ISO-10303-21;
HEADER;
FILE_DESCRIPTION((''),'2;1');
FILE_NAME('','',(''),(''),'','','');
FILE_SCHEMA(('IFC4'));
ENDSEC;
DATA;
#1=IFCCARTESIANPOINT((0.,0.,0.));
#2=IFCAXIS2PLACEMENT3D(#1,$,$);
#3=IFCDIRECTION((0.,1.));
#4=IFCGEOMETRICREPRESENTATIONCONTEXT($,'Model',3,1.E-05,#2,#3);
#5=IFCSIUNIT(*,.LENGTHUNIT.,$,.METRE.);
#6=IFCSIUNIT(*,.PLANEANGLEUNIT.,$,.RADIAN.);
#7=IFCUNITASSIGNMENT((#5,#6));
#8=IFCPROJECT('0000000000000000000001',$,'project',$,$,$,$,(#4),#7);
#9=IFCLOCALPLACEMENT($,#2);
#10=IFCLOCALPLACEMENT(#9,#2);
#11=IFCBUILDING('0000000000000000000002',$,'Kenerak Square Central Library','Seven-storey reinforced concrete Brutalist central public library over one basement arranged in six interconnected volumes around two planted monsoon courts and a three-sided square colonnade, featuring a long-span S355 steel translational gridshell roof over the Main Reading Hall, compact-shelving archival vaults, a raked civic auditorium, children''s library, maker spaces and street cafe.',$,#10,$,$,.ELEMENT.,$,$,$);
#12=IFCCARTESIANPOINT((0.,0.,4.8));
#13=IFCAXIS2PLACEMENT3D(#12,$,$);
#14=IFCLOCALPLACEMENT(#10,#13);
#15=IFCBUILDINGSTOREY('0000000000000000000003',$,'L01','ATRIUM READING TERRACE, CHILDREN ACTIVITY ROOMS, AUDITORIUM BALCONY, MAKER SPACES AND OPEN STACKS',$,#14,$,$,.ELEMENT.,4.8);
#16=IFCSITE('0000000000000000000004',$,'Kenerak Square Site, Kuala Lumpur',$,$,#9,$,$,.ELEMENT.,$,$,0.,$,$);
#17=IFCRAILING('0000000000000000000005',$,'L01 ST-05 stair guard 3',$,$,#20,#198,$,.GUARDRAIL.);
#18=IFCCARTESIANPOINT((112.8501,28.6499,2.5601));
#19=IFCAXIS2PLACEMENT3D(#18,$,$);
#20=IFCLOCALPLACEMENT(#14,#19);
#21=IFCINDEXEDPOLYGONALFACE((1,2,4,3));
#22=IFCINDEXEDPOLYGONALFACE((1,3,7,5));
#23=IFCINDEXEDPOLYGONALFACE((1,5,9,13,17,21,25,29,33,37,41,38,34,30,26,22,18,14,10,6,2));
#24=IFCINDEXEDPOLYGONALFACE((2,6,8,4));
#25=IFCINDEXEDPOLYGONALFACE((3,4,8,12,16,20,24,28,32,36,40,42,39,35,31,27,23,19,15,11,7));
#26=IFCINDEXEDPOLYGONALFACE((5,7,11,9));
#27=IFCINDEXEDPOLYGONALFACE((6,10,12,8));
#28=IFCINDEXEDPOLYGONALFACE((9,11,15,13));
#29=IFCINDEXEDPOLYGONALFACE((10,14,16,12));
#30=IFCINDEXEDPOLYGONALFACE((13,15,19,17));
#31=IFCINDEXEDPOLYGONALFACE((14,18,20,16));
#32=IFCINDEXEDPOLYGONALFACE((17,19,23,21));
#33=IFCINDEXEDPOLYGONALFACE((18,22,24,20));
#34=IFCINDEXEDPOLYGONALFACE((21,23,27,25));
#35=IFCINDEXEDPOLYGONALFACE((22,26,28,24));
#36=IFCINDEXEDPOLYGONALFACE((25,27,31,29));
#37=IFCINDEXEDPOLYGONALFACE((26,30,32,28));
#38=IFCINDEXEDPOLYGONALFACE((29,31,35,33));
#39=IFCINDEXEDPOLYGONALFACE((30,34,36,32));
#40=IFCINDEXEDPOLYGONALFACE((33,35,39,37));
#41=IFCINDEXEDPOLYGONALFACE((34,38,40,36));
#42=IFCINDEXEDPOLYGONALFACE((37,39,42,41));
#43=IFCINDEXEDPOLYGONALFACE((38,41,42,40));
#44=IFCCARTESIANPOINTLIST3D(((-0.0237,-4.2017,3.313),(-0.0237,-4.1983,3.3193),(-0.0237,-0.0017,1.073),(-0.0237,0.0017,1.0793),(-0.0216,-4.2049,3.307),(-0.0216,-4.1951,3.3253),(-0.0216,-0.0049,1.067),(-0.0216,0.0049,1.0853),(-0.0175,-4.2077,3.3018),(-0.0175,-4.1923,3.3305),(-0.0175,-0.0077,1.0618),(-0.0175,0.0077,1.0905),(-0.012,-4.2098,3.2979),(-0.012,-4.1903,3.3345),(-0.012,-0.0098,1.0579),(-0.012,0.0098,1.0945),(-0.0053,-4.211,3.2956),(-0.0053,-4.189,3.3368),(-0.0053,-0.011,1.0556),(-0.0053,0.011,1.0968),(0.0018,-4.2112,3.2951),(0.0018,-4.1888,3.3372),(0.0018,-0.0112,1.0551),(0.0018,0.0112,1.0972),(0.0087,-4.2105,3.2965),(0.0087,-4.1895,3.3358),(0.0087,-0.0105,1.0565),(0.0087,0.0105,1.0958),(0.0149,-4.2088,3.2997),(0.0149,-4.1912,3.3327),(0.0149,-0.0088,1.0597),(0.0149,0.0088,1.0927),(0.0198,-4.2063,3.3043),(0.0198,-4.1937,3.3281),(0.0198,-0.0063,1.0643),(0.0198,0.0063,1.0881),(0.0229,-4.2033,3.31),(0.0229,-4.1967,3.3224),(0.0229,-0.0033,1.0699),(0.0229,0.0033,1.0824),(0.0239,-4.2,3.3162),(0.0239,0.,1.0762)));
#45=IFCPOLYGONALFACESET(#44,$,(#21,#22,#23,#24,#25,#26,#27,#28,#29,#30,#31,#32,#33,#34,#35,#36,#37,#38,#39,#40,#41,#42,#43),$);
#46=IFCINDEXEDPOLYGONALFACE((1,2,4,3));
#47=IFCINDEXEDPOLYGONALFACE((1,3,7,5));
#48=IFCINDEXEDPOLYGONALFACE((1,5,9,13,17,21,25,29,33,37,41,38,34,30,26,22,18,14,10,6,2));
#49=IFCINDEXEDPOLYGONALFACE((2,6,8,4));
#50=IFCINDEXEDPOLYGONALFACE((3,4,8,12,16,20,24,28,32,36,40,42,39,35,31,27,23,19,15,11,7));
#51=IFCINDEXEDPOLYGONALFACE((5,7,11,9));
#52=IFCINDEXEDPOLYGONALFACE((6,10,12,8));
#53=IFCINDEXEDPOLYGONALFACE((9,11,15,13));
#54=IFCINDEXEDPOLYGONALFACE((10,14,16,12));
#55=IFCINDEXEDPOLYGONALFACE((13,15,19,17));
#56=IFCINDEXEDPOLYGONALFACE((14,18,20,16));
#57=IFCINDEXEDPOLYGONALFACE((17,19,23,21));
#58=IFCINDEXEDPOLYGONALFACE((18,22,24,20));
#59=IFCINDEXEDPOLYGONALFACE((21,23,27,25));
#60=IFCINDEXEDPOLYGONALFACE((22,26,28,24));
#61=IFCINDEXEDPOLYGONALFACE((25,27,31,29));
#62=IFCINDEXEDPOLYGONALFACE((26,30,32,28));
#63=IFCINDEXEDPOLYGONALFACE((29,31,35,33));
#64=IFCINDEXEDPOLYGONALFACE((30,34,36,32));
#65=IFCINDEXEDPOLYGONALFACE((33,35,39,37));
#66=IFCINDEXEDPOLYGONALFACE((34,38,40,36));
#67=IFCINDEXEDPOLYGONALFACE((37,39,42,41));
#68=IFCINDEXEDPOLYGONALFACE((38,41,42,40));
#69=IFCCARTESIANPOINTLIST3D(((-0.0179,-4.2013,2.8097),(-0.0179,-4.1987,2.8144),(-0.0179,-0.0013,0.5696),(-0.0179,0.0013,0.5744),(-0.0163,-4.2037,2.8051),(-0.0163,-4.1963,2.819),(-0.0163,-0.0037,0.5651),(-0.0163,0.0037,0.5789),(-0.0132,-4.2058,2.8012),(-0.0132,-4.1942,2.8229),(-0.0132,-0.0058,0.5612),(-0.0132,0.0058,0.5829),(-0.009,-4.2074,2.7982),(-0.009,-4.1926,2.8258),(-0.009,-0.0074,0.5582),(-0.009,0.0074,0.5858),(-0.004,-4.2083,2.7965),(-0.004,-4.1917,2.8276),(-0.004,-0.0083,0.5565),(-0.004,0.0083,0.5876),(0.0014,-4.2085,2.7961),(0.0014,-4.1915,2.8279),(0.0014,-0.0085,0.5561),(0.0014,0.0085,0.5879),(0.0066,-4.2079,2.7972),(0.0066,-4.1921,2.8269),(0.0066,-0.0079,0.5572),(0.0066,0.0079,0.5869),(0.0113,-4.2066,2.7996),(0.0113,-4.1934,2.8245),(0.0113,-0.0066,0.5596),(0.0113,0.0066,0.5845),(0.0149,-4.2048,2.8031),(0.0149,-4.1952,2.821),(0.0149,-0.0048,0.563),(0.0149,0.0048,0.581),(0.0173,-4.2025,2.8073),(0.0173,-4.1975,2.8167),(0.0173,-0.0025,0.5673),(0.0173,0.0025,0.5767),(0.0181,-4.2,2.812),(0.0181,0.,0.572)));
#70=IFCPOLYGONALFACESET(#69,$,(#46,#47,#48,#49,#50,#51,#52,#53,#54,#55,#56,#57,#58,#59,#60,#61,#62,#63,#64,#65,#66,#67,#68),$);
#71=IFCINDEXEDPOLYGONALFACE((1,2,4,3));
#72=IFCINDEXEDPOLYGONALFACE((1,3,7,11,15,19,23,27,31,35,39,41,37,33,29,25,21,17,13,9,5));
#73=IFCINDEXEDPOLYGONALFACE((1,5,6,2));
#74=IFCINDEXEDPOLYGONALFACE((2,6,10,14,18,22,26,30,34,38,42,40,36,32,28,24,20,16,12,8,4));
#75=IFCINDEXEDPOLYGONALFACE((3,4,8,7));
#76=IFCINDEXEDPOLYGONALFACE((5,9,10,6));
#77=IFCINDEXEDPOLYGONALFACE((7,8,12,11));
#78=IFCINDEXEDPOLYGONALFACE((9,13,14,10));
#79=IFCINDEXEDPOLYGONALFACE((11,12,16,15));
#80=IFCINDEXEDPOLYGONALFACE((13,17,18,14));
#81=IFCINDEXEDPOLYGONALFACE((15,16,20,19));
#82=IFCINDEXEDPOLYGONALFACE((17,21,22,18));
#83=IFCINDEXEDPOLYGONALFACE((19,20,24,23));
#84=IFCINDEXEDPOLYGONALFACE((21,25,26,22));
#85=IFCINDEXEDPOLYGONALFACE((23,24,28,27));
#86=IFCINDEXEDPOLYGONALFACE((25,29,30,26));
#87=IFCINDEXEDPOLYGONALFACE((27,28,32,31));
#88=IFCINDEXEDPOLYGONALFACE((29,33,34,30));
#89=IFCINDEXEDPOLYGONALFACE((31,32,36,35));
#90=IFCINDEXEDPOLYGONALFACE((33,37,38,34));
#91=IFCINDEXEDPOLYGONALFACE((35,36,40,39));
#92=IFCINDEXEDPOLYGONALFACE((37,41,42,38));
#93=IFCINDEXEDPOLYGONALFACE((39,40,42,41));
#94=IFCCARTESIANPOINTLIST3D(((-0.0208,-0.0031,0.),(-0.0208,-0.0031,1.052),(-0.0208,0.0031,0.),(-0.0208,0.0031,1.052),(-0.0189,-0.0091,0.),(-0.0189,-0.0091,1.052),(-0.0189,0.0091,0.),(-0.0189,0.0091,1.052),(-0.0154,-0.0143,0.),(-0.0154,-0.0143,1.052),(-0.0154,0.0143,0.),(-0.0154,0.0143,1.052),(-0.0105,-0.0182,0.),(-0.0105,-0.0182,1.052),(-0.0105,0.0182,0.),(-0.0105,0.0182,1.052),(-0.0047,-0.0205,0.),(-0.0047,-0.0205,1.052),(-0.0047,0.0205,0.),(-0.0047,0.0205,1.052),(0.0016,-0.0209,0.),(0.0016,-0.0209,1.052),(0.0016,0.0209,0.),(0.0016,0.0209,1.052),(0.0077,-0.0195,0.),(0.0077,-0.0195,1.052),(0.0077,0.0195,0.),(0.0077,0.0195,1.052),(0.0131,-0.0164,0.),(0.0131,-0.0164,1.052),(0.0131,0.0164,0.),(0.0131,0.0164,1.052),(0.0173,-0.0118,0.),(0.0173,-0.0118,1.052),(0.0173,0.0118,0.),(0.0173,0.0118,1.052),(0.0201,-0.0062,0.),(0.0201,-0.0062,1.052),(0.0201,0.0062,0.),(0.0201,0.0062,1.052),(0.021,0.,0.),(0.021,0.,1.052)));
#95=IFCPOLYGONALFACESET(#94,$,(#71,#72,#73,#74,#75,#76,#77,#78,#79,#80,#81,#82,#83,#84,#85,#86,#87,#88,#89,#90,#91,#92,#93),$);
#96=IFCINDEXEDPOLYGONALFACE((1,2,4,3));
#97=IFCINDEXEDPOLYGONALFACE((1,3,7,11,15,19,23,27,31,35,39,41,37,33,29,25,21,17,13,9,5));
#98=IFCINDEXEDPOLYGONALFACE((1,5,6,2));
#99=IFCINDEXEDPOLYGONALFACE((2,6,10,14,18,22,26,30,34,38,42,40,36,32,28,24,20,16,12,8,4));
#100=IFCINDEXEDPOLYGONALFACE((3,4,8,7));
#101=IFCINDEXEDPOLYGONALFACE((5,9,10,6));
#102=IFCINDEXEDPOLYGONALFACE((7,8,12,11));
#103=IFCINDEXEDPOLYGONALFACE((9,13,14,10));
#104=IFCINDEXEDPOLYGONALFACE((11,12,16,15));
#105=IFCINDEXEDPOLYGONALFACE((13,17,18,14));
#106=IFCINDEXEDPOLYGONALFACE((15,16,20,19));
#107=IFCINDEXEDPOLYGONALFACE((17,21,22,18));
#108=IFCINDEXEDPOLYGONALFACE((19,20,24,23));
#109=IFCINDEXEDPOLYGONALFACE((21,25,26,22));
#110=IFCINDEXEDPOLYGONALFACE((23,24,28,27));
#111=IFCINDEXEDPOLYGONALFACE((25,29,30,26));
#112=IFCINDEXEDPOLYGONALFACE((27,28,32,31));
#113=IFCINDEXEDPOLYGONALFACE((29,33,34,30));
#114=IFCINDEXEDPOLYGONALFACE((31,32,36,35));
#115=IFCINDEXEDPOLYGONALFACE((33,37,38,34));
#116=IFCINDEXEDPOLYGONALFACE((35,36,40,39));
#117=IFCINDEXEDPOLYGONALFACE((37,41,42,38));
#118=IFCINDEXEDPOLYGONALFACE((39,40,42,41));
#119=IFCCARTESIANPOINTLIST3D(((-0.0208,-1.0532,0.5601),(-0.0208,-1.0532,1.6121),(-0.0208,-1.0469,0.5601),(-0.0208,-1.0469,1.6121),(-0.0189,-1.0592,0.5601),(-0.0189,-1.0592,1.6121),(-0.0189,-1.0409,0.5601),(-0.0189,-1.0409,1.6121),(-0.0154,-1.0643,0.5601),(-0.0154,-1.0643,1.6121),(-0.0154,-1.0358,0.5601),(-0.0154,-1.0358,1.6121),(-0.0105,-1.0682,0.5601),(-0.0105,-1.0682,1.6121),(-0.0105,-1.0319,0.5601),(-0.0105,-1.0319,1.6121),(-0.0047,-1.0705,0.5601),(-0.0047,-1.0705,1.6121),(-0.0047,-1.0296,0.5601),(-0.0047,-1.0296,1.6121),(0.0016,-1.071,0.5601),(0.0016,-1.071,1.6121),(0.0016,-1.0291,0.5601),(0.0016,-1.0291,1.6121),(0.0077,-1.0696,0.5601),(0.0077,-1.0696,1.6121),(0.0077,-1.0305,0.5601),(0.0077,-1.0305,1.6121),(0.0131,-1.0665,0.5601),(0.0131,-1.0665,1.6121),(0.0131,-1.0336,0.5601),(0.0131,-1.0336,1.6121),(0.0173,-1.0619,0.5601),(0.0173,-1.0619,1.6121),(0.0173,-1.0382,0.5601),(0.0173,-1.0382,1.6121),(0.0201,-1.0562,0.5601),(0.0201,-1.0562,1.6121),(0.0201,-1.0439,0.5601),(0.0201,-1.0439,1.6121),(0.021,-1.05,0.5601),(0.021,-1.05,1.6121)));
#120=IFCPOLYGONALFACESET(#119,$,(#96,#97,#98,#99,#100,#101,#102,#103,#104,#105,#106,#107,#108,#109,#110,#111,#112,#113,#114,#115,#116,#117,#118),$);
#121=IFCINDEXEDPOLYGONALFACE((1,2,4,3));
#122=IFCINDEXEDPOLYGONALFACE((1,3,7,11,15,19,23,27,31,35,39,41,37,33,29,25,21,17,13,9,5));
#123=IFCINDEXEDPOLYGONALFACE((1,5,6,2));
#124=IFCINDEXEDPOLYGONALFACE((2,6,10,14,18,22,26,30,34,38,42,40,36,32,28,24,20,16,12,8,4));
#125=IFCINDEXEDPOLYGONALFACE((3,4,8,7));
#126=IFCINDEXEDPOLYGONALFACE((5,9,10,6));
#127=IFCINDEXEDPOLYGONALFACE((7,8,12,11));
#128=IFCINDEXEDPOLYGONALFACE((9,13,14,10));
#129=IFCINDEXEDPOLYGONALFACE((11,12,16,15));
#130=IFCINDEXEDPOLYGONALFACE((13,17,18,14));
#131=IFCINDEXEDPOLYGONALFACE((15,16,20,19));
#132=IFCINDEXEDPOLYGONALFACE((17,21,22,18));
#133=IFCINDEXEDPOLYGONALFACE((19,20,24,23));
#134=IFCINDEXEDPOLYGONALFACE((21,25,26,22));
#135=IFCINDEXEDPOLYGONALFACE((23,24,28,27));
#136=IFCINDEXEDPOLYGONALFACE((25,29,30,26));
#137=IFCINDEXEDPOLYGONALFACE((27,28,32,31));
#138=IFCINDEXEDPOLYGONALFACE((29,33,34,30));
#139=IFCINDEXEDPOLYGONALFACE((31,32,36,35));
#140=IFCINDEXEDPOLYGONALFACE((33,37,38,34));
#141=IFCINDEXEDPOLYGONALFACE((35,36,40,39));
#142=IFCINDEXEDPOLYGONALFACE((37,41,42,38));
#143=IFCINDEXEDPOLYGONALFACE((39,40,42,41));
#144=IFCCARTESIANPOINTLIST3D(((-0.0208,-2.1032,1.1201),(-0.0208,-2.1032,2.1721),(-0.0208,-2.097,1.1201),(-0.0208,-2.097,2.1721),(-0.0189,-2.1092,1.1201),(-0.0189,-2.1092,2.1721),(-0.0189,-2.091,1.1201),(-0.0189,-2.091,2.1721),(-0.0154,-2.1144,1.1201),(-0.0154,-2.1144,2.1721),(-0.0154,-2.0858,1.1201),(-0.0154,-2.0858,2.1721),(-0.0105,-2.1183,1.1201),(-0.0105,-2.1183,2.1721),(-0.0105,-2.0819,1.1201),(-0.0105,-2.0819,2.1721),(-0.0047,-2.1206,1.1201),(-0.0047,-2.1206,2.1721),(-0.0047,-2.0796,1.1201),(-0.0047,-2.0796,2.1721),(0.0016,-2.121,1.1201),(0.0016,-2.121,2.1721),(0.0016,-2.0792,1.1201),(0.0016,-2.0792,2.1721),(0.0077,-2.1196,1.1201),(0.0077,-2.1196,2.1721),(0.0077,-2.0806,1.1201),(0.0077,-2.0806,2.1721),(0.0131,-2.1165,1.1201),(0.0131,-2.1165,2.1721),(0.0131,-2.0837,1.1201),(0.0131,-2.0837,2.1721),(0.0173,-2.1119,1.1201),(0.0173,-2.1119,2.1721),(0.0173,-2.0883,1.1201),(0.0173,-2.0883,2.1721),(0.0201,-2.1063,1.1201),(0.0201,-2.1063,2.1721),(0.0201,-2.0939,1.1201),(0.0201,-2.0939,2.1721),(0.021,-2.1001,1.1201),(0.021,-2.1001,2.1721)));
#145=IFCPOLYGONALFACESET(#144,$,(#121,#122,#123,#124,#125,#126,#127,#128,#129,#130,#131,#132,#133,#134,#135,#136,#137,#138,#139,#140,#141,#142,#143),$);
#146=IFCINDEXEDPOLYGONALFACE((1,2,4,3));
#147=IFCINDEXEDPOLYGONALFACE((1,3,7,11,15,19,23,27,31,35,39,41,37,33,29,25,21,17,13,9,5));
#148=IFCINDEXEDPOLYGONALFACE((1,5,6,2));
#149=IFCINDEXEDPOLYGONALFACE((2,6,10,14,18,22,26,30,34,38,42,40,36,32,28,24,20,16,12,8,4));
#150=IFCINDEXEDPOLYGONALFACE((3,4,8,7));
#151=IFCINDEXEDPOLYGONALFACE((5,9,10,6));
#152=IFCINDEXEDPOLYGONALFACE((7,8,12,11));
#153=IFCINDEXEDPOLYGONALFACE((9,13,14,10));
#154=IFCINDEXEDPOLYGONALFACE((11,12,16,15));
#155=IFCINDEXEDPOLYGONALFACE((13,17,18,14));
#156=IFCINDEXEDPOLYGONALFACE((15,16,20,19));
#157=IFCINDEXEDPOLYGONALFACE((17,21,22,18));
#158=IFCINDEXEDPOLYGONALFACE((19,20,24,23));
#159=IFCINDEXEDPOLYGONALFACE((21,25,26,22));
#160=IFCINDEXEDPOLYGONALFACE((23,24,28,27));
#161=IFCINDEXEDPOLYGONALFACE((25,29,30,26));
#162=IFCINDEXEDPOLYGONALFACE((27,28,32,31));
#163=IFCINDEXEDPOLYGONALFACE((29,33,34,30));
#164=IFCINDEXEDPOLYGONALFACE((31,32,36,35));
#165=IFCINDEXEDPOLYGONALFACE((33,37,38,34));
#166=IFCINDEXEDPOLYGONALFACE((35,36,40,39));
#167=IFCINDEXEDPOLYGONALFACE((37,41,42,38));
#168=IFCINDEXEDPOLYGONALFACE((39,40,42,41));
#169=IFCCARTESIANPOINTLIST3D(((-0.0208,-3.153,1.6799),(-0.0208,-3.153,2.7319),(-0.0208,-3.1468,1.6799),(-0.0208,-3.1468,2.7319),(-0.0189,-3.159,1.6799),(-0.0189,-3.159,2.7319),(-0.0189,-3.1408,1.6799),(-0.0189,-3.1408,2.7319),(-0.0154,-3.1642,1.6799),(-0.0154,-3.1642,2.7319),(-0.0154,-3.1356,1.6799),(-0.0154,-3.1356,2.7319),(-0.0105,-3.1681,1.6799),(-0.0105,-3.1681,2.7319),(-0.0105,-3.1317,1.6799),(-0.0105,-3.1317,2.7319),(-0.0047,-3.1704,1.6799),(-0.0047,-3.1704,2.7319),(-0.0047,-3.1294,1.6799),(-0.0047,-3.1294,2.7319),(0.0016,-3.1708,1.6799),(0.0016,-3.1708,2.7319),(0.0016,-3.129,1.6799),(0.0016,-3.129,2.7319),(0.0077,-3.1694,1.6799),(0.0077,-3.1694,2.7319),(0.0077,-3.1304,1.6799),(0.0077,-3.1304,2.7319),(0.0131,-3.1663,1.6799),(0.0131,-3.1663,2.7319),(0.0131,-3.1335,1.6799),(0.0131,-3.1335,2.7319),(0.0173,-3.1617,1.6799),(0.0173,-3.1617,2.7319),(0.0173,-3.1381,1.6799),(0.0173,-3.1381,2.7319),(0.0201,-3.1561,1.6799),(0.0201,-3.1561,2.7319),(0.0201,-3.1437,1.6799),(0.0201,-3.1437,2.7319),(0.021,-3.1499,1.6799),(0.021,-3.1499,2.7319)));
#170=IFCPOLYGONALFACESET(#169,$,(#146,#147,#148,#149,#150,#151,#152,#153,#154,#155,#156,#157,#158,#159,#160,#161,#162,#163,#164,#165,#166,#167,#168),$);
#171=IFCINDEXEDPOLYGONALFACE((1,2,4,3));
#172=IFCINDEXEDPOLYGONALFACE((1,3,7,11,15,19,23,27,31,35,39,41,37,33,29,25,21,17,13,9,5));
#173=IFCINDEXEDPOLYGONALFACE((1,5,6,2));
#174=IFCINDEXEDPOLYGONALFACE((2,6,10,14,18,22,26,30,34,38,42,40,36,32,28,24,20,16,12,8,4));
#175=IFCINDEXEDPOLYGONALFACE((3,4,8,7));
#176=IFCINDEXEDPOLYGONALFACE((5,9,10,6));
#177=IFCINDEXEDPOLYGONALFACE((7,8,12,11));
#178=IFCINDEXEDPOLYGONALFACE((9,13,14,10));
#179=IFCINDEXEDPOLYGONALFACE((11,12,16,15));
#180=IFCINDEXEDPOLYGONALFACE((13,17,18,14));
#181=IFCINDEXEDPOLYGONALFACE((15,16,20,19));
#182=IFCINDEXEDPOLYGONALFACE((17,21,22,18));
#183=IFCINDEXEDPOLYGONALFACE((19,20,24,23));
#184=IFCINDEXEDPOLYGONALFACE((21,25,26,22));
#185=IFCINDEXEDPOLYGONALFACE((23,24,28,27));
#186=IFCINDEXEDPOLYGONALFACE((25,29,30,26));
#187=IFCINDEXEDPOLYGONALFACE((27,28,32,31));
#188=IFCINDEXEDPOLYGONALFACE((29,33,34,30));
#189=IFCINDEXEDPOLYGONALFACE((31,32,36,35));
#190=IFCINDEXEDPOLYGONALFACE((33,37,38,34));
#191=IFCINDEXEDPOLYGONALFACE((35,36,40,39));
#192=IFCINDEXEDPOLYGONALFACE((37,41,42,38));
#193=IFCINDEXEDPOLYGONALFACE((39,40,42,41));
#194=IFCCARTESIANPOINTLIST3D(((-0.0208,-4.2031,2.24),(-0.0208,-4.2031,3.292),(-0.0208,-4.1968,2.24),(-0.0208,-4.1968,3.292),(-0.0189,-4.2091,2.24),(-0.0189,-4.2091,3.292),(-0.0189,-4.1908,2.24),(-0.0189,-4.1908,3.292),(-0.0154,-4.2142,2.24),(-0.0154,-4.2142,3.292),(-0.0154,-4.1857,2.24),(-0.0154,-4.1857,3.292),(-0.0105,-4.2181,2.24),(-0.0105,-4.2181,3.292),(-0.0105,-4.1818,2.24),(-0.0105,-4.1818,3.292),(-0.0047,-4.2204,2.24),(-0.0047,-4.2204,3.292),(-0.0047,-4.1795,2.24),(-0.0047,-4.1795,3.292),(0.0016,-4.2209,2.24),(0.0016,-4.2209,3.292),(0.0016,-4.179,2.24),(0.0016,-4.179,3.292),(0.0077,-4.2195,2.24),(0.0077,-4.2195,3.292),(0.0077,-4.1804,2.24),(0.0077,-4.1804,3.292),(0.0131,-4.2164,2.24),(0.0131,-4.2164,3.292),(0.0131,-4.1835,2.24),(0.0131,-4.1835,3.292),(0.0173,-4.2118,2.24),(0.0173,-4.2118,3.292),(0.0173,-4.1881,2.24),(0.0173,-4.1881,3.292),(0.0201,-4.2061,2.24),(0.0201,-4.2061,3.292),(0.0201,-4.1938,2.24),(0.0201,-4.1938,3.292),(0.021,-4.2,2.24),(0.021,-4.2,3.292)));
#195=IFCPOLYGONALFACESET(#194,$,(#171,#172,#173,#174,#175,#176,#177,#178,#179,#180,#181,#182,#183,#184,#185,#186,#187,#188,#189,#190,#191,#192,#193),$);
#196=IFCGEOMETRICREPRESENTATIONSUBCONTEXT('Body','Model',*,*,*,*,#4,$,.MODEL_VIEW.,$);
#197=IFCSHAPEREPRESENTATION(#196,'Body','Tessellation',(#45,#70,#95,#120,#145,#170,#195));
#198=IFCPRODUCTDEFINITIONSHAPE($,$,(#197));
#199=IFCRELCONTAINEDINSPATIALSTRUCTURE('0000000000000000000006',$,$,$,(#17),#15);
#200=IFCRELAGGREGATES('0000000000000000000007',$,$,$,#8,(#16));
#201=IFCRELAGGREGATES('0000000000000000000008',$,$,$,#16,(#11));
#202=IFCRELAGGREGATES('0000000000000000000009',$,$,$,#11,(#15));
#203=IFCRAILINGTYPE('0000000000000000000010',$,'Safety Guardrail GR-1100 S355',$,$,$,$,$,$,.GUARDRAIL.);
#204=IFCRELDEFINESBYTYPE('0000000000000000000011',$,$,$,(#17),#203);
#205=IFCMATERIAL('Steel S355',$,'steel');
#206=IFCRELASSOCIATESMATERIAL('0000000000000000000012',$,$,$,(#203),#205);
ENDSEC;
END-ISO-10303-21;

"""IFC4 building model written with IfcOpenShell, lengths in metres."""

from ifc_helpers import new_model, si_unit, direction, frame, origin, origin_2d, place, context, subcontext, project, spatial, circle, extrude, material, type_object, element, save


model = new_model("IFC4")

# Units and contexts
model_context = context("Model", 3, precision=1e-05, world=origin(), true_north=direction((0.0, 1.0)))
body_context = subcontext(model_context, "Body", "Model", "MODEL_VIEW")
ifc_project = project(units=[si_unit("LENGTHUNIT", "METRE"), si_unit("PLANEANGLEUNIT", "RADIAN")], contexts=[model_context])

# Site, building, storey
site_placement = place(None, origin())
site = spatial("IfcSite", under=ifc_project, at=site_placement, Name="Kenerak Square Site, Kuala Lumpur", CompositionType="ELEMENT", RefElevation=0.0)
building_placement = place(site_placement, origin())
building = spatial("IfcBuilding", under=site, at=building_placement, Name="Kenerak Square Central Library", Description="Seven-storey reinforced concrete Brutalist central public library over one basement arranged in six interconnected volumes around two planted monsoon courts and a three-sided square colonnade, featuring a long-span S355 steel translational gridshell roof over the Main Reading Hall, compact-shelving archival vaults, a raked civic auditorium, children's library, maker spaces and street cafe.", CompositionType="ELEMENT")
storey_placement = place(building_placement, frame((0.0, 0.0, 4.8)))
storey = spatial("IfcBuildingStorey", under=building, at=storey_placement, Name="L01", Description="ATRIUM READING TERRACE, CHILDREN ACTIVITY ROOMS, AUDITORIUM BALCONY, MAKER SPACES AND OPEN STACKS", CompositionType="ELEMENT", Elevation=4.8)

# Shared definitions
ifc_material_1 = material(Name="Steel S355", Category="steel")

# Railing
railing_type_1 = type_object("IfcRailingType", Name="Safety Guardrail GR-1100 S355", PredefinedType="GUARDRAIL", material=ifc_material_1)
railing_1_placement = place(storey_placement, frame((112.8501, 28.6499, 2.5601)))
element("IfcRailing", 1, at=railing_1_placement, inside=storey, type_object=railing_type_1, Name="L01 ST-05 stair guard 3", PredefinedType="GUARDRAIL", context=body_context, shape_type="SweptSolid", body=[
    extrude(circle(Radius=0.0239, at=origin_2d()), frame((0.0, 0.0, 1.0762), z_axis=(0.0, -0.882352, 0.470591), x_axis=(1.0, 0.0, 0.0)), (0.0, 0.0, 1.0), 4.76),
    extrude(circle(Radius=0.0181, at=origin_2d()), frame((0.0, 0.0, 0.572), z_axis=(0.0, -0.882352, 0.470591), x_axis=(1.0, 0.0, 0.0)), (0.0, 0.0, 1.0), 4.76),
    extrude(circle(Radius=0.021, at=origin_2d()), origin(), (0.0, 0.0, 1.0), 1.052),
    extrude(circle(Radius=0.021, at=origin_2d()), frame((0.0, -1.05, 0.5601)), (0.0, 0.0, 1.0), 1.052),
    extrude(circle(Radius=0.021, at=origin_2d()), frame((0.0, -2.1001, 1.1201)), (0.0, 0.0, 1.0), 1.052),
    extrude(circle(Radius=0.021, at=origin_2d()), frame((0.0, -3.1499, 1.6799)), (0.0, 0.0, 1.0), 1.052),
    extrude(circle(Radius=0.021, at=origin_2d()), frame((0.0, -4.2, 2.24)), (0.0, 0.0, 1.0), 1.052),
])

save(model, "model.ifc")
